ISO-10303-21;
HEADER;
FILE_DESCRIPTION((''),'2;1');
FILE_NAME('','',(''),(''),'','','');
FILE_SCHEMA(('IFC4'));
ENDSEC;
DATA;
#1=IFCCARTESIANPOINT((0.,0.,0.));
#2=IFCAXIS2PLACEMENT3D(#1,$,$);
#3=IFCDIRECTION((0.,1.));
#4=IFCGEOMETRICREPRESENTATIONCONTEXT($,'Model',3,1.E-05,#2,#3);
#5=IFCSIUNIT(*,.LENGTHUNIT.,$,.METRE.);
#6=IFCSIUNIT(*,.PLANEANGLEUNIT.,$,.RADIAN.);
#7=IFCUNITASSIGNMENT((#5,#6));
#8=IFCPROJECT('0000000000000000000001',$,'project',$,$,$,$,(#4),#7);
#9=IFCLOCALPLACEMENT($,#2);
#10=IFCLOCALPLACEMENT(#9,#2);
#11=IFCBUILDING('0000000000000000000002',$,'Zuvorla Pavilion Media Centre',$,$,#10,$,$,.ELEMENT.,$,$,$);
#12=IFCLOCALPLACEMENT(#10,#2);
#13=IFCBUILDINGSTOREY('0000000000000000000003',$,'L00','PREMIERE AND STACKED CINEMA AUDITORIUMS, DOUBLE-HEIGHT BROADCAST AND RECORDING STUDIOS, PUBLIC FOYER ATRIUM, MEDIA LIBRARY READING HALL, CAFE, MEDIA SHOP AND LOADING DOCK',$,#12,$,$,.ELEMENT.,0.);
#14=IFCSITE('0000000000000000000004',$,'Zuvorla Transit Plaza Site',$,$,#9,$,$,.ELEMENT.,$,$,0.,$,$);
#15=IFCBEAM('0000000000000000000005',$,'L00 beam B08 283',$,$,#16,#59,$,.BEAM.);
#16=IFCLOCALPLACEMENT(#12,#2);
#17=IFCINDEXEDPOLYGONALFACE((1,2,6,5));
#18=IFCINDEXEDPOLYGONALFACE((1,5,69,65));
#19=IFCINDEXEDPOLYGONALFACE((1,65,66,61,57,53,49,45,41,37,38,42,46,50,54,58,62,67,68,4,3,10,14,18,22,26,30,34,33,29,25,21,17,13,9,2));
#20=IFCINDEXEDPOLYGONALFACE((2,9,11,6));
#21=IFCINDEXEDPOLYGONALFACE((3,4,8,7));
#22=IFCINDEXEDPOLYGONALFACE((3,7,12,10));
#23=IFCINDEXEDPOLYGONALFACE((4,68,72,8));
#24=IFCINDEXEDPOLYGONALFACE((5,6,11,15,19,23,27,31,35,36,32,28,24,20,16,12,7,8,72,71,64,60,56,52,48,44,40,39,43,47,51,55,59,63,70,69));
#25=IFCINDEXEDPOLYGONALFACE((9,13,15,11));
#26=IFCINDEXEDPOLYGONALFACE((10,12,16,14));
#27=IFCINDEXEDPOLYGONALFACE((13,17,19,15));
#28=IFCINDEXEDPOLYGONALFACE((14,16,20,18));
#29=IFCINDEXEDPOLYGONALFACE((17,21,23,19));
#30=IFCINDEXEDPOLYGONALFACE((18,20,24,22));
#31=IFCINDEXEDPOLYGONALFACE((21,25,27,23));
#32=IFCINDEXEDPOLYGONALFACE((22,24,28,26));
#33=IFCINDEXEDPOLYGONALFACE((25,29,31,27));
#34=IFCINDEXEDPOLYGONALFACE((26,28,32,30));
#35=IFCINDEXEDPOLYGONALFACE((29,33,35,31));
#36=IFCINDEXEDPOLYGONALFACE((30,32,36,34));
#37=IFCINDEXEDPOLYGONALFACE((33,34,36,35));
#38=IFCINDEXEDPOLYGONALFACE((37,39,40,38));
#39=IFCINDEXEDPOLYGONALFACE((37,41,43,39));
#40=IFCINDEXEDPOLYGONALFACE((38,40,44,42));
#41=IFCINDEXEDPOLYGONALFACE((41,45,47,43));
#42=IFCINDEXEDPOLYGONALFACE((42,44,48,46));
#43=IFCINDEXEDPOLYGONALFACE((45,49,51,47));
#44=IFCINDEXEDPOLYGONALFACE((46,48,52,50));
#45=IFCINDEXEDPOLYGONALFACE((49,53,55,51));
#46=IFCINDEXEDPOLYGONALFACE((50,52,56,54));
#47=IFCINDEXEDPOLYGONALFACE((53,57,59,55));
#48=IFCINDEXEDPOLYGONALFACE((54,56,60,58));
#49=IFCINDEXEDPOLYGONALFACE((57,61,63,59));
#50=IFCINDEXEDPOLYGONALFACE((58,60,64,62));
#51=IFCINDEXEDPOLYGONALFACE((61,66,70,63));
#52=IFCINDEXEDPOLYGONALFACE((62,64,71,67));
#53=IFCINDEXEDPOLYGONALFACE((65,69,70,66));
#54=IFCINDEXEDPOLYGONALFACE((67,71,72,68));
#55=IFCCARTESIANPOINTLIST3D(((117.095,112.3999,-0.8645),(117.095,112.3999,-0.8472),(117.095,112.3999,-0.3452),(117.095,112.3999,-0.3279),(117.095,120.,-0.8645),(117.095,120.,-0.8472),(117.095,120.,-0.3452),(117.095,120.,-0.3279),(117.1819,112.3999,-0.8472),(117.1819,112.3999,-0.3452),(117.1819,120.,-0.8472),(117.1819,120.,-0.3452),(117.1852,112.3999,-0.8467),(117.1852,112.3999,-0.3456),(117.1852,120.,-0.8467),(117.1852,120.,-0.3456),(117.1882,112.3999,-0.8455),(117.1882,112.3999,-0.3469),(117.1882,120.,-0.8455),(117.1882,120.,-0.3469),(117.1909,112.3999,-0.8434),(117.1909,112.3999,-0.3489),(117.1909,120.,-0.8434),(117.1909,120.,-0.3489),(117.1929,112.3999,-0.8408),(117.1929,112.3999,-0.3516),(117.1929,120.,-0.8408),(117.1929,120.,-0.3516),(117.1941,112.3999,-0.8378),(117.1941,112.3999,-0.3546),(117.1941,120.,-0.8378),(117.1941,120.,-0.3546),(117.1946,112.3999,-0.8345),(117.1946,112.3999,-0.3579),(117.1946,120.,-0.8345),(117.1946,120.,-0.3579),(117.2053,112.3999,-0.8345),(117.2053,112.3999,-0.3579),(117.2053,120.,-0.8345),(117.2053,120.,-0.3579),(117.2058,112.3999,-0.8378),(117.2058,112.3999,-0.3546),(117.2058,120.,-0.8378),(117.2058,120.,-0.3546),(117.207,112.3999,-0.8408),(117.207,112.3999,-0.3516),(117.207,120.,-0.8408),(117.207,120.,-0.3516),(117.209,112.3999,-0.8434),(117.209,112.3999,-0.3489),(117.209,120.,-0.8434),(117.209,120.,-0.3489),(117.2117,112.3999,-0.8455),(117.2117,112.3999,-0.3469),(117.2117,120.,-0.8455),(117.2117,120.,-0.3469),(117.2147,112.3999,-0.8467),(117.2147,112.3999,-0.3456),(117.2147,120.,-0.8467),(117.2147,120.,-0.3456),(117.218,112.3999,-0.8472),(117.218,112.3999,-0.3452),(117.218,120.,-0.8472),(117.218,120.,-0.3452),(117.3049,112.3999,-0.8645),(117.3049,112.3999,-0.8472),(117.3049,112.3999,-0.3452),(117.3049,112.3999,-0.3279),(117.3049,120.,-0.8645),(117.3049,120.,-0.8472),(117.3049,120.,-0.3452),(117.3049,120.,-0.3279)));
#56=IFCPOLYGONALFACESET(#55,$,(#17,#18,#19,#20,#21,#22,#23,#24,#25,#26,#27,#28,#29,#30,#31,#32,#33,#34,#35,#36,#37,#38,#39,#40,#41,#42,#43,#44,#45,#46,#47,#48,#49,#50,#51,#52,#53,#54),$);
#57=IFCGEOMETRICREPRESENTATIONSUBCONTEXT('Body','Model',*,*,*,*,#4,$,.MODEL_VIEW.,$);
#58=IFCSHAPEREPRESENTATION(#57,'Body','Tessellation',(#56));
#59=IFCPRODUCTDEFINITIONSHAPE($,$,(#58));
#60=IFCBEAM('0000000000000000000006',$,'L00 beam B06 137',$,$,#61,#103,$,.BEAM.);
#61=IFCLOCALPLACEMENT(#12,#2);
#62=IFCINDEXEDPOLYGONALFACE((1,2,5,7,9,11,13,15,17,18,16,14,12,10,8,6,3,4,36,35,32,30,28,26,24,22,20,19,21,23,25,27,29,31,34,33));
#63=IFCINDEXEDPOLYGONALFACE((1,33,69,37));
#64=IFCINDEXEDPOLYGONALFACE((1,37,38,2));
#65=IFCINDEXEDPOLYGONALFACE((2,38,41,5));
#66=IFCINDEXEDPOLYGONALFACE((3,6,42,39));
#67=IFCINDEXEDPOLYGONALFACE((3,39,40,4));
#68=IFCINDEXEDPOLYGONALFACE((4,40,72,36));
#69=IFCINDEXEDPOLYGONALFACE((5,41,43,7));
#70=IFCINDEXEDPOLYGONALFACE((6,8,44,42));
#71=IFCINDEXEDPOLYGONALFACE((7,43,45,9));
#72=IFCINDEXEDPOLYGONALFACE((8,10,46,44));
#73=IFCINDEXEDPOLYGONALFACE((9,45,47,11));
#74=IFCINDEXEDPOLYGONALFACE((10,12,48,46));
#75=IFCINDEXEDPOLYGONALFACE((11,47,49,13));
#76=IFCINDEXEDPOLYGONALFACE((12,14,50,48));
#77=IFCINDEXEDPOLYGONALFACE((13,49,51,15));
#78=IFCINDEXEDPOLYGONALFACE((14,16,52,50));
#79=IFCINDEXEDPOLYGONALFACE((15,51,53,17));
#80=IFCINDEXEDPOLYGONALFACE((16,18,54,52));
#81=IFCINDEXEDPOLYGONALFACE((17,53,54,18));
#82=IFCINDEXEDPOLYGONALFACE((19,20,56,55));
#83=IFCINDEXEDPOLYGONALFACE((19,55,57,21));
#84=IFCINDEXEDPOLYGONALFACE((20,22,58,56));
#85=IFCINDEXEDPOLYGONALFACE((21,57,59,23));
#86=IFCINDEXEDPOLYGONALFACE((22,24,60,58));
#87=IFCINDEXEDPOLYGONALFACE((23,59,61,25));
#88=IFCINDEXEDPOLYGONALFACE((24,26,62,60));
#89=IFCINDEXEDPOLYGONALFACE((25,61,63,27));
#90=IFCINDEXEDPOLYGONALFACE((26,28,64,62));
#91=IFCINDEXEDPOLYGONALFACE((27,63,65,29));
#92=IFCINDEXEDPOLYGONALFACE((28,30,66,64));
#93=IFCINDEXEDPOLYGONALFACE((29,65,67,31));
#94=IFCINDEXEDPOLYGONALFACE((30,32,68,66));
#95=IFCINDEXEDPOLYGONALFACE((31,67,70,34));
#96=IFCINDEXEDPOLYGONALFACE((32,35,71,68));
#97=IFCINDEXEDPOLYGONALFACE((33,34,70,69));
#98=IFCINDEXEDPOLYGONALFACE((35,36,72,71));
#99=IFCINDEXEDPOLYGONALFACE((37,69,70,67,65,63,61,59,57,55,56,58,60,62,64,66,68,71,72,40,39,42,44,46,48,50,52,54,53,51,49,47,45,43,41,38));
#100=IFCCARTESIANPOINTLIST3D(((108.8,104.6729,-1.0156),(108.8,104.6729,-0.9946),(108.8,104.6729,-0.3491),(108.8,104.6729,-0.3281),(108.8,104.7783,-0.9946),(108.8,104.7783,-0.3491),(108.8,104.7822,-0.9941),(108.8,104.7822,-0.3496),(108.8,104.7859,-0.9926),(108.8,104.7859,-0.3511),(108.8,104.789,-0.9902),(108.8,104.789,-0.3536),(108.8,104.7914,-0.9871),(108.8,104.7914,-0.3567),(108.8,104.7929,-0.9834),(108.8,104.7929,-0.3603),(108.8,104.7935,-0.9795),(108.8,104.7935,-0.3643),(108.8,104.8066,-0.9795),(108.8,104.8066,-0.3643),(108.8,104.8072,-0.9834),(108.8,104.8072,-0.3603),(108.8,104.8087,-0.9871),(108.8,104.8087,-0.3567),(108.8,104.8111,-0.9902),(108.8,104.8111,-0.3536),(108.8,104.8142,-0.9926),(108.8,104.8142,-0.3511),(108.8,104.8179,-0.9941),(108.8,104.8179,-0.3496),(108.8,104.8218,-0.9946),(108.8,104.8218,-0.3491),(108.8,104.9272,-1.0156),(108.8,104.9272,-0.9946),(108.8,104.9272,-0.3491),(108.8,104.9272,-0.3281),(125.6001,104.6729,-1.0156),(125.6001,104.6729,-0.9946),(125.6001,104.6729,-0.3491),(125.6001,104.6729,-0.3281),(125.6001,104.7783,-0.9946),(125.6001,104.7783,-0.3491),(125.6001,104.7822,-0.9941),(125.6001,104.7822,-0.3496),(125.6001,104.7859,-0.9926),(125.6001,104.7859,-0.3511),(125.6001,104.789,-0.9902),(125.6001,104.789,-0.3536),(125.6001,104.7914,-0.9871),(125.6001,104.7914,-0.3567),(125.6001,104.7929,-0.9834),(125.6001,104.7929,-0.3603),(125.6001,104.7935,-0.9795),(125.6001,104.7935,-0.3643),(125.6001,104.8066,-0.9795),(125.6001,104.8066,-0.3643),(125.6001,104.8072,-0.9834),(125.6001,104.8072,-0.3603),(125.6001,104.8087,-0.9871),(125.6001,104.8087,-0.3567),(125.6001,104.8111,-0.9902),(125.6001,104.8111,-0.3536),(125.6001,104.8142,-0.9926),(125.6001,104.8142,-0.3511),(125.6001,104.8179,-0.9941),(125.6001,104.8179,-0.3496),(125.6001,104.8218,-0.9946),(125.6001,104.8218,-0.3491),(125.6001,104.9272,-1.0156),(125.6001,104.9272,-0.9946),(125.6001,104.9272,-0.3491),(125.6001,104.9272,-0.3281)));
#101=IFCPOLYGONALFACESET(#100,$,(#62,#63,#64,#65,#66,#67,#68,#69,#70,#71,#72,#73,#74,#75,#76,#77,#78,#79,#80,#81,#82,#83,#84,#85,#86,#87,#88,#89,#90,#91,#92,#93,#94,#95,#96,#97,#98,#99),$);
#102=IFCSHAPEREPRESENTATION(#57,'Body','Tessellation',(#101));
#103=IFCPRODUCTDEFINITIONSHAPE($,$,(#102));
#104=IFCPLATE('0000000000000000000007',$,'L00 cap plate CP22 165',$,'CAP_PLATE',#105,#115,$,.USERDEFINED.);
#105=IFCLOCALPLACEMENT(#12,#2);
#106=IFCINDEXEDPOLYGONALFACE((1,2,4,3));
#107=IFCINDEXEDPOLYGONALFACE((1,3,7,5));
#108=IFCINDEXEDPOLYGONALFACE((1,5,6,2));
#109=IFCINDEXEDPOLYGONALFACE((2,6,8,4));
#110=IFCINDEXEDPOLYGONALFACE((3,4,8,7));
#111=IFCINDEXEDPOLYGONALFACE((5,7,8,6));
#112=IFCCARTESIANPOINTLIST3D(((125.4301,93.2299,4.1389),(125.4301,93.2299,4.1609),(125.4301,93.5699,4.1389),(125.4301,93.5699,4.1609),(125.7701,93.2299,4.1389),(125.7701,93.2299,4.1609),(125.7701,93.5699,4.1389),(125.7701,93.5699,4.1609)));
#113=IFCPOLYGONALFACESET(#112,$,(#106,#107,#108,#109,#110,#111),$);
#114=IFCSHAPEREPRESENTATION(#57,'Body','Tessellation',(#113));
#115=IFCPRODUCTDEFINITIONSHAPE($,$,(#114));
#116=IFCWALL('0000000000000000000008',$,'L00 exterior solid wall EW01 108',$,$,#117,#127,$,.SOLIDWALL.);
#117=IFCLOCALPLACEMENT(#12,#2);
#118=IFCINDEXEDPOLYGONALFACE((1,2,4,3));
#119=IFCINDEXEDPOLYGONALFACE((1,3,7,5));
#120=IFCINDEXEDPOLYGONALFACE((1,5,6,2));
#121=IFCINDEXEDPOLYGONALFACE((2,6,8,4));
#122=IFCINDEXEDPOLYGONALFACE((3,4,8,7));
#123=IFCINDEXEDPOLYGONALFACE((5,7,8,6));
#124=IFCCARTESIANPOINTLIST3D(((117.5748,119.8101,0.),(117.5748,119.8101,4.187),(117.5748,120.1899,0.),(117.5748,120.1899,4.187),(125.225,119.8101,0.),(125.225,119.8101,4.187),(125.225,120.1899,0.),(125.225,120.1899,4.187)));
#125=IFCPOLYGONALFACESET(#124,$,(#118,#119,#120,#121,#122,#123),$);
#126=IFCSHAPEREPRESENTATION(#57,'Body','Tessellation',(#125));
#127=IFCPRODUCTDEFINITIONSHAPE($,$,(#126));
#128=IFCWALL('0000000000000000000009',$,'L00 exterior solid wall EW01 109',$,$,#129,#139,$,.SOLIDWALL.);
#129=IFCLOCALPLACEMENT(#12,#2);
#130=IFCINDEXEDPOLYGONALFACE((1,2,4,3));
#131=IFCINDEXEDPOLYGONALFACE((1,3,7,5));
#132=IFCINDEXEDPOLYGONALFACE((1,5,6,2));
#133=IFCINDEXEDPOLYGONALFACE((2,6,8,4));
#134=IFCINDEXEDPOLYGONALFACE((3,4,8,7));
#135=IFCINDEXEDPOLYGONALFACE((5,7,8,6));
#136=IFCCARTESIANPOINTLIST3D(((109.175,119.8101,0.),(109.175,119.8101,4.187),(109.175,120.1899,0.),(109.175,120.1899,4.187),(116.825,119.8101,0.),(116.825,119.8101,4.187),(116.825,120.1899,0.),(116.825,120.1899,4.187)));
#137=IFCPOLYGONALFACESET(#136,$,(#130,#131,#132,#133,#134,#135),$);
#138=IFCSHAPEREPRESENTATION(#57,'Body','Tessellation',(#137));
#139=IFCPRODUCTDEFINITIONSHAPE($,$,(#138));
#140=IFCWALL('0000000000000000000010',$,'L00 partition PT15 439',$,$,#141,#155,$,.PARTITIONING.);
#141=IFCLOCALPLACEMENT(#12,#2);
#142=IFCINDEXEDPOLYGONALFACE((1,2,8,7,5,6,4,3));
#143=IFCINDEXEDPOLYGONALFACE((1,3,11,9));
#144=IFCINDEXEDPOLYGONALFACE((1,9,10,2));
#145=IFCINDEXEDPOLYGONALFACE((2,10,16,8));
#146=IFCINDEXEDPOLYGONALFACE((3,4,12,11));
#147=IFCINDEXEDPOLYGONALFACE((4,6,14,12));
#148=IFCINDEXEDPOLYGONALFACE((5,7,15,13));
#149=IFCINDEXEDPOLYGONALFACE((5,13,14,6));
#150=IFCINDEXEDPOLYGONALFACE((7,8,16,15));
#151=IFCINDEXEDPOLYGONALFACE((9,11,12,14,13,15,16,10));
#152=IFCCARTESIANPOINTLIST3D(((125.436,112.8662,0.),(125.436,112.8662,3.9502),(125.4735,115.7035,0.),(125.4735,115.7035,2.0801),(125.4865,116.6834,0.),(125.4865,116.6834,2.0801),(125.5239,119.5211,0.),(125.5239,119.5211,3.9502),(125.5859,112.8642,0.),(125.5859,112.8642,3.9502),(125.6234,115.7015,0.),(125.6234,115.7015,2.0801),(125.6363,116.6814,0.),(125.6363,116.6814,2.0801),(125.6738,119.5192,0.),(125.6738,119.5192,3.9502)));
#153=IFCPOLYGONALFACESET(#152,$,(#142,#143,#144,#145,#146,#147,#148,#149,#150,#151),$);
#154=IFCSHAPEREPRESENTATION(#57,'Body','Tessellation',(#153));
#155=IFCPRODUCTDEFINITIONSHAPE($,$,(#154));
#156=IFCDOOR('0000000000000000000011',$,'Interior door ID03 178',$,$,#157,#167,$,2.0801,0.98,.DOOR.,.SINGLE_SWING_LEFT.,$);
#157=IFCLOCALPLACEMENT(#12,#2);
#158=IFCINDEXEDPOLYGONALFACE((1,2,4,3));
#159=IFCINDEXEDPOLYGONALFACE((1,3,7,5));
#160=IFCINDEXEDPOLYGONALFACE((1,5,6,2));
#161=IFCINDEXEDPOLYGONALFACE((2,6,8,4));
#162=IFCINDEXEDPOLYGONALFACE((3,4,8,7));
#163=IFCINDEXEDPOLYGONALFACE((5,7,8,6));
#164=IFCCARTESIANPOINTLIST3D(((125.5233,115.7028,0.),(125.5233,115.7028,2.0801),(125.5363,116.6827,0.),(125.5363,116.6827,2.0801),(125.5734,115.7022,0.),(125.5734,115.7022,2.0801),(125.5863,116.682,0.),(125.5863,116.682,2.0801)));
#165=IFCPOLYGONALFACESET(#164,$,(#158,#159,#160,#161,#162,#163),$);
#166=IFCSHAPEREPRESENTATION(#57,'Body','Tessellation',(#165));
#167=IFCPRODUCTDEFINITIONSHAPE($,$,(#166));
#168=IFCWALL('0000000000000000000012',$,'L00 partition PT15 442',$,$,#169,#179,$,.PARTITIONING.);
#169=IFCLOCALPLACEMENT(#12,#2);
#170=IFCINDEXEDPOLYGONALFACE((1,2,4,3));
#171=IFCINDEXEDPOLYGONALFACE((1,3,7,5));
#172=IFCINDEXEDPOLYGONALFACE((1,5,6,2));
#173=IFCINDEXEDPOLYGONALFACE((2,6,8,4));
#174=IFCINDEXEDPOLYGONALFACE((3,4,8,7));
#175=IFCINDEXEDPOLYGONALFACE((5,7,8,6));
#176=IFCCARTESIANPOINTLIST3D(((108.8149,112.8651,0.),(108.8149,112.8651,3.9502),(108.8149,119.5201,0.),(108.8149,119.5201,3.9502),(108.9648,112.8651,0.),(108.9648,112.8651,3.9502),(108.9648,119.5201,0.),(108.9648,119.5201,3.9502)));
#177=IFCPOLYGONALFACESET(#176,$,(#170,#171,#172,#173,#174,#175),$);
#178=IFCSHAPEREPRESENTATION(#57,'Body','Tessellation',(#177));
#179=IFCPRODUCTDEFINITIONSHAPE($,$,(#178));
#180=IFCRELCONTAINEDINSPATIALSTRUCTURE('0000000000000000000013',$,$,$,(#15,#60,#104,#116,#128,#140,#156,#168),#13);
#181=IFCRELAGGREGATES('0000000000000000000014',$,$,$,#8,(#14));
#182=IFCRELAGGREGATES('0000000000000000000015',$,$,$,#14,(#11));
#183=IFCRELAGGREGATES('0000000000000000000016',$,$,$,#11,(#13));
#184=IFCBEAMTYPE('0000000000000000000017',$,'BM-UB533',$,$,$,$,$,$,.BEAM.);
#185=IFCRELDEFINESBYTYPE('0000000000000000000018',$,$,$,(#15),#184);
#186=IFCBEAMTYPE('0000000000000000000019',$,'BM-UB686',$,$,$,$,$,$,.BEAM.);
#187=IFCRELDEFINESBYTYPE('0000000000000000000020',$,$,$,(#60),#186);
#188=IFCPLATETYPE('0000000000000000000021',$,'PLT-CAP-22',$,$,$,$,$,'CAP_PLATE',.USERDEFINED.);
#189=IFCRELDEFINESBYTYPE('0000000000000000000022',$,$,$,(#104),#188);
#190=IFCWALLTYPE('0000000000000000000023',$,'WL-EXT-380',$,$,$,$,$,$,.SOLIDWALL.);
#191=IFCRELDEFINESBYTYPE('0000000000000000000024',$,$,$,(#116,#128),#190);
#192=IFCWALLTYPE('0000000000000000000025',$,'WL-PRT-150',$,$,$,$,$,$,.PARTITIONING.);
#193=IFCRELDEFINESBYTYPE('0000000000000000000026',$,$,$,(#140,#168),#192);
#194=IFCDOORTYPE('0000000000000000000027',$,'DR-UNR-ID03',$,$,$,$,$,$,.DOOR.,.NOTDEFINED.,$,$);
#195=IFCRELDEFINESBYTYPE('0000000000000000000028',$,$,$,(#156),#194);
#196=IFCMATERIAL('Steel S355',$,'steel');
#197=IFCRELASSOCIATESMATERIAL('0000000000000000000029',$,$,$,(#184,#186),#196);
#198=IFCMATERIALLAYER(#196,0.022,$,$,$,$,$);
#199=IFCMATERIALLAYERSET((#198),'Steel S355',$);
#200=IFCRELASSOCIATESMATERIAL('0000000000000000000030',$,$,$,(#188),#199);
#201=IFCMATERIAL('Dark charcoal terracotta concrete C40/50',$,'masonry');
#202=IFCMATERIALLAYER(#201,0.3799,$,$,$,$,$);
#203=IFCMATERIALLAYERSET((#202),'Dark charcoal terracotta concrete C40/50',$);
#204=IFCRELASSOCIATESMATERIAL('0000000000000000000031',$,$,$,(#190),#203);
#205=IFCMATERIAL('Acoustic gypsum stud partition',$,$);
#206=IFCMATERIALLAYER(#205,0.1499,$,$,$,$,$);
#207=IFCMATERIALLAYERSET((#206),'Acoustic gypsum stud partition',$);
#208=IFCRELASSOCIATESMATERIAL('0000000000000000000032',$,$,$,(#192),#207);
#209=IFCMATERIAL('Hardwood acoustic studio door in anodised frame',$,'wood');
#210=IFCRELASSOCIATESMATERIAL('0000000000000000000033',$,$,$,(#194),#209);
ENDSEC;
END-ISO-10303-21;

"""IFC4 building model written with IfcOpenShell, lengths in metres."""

from ifc_helpers import new_model, si_unit, direction, frame, frame_2d, origin, origin_2d, place, context, subcontext, project, spatial, rectangle, i_section, extrude, material, layer, layer_set, material_profile, profile_set, type_object, element, fill, save


model = new_model("IFC4")

# Units and contexts
model_context = context("Model", 3, precision=1e-05, world=origin(), true_north=direction((0.0, 1.0)))
body_context = subcontext(model_context, "Body", "Model", "MODEL_VIEW")
ifc_project = project(units=[si_unit("LENGTHUNIT", "METRE"), si_unit("PLANEANGLEUNIT", "RADIAN")], contexts=[model_context])

# Site, building, storey
site_placement = place(None, origin())
site = spatial("IfcSite", under=ifc_project, at=site_placement, Name="Zuvorla Transit Plaza Site", CompositionType="ELEMENT", RefElevation=0.0)
building_placement = place(site_placement, origin())
building = spatial("IfcBuilding", under=site, at=building_placement, Name="Zuvorla Pavilion Media Centre", CompositionType="ELEMENT")
storey_placement = place(building_placement, origin())
storey = spatial("IfcBuildingStorey", under=building, at=storey_placement, Name="L00", Description="PREMIERE AND STACKED CINEMA AUDITORIUMS, DOUBLE-HEIGHT BROADCAST AND RECORDING STUDIOS, PUBLIC FOYER ATRIUM, MEDIA LIBRARY READING HALL, CAFE, MEDIA SHOP AND LOADING DOCK", CompositionType="ELEMENT", Elevation=0.0)

# Beams
ifc_material_1 = material(Name="Steel S355", Category="steel")
ifc_material_profile_1 = material_profile(ifc_material_1, i_section(OverallWidth=0.21, OverallDepth=0.5366, WebThickness=0.0107, FlangeThickness=0.0173, FilletRadius=0.0127, at=origin_2d()), Name="UB 533x210x101")
ifc_profile_set_1 = profile_set([ifc_material_profile_1], Name="Steel S355")
beam_type_1 = type_object("IfcBeamType", Name="BM-UB533", PredefinedType="BEAM", material=ifc_profile_set_1)
for number, where, z_axis, x_axis, name in (
    (1, (117.2, 112.3999, -0.5962), (0.0, 1.0, 0.0), (-1.0, 0.0, 0.0), "L00 beam B08 283"),
):
    element("IfcBeam", number, at=place(storey_placement, frame(where, z_axis=z_axis, x_axis=x_axis)), inside=storey, type_object=beam_type_1, Name=name, PredefinedType="BEAM", context=body_context, shape_type="SweptSolid", body=[
        extrude(i_section(OverallWidth=0.21, OverallDepth=0.5366, WebThickness=0.0107, FlangeThickness=0.0173, FilletRadius=0.0127, at=origin_2d()), origin(), (0.0, 0.0, 1.0), 7.6001),
    ])
ifc_material_profile_2 = material_profile(ifc_material_1, i_section(OverallWidth=0.2544, OverallDepth=0.6875, WebThickness=0.0132, FlangeThickness=0.021, FilletRadius=0.0151, at=origin_2d()), Name="UB 686x254x152")
ifc_profile_set_2 = profile_set([ifc_material_profile_2], Name="Steel S355")
beam_type_2 = type_object("IfcBeamType", Name="BM-UB686", PredefinedType="BEAM", material=ifc_profile_set_2)
beam_1_placement = place(storey_placement, frame((108.8, 104.8, -0.6719), z_axis=(1.0, 0.0, 0.0), x_axis=(0.0, 1.0, 0.0)))
element("IfcBeam", 2, at=beam_1_placement, inside=storey, type_object=beam_type_2, Name="L00 beam B06 137", PredefinedType="BEAM", context=body_context, shape_type="SweptSolid", body=[
    extrude(i_section(OverallWidth=0.2544, OverallDepth=0.6875, WebThickness=0.0132, FlangeThickness=0.021, FilletRadius=0.0151, at=origin_2d()), origin(), (0.0, 0.0, 1.0), 16.8),
])

# Plate
ifc_layer_1 = layer(ifc_material_1, 0.022)
ifc_layer_set_1 = layer_set([ifc_layer_1], Name="Steel S355")
plate_type = type_object("IfcPlateType", Name="PLT-CAP-22", ElementType="CAP_PLATE", PredefinedType="USERDEFINED", material=ifc_layer_set_1)
plate_placement = place(storey_placement, frame((125.6001, 93.3999, 4.1389), z_axis=(0.0, 0.0, 1.0), x_axis=(1.0, 0.0, 0.0)))
element("IfcPlate", 3, at=plate_placement, inside=storey, type_object=plate_type, Name="L00 cap plate CP22 165", ObjectType="CAP_PLATE", PredefinedType="USERDEFINED", context=body_context, shape_type="SweptSolid", body=[
    extrude(rectangle(XDim=0.3401, YDim=0.3401, at=origin_2d()), origin(), (0.0, 0.0, 1.0), 0.022),
])

# Walls
ifc_material_2 = material(Name="Dark charcoal terracotta concrete C40/50", Category="masonry")
ifc_layer_2 = layer(ifc_material_2, 0.3799)
ifc_layer_set_2 = layer_set([ifc_layer_2], Name="Dark charcoal terracotta concrete C40/50")
wall_type_1 = type_object("IfcWallType", Name="WL-EXT-380", PredefinedType="SOLIDWALL", material=ifc_layer_set_2)
wall_1_placement = place(storey_placement, frame((125.2251, 120.0, 0.0), z_axis=(0.0, 0.0, 1.0), x_axis=(-1.0, 0.0, 0.0)))
element("IfcWall", 4, at=wall_1_placement, inside=storey, type_object=wall_type_1, Name="L00 exterior solid wall EW01 108", PredefinedType="SOLIDWALL", context=body_context, shape_type="SweptSolid", body=[
    extrude(rectangle(XDim=7.6501, YDim=0.3799, at=frame_2d((3.8252, 0.0))), origin(), (0.0, 0.0, 1.0), 4.187),
])
wall_2_placement = place(storey_placement, frame((116.825, 120.0, 0.0), z_axis=(0.0, 0.0, 1.0), x_axis=(-1.0, 0.0, 0.0)))
element("IfcWall", 5, at=wall_2_placement, inside=storey, type_object=wall_type_1, Name="L00 exterior solid wall EW01 109", PredefinedType="SOLIDWALL", context=body_context, shape_type="SweptSolid", body=[
    extrude(rectangle(XDim=7.6499, YDim=0.3799, at=frame_2d((3.825, 0.0))), origin(), (0.0, 0.0, 1.0), 4.187),
])

# Wall, opening, door
ifc_material_3 = material(Name="Acoustic gypsum stud partition")
ifc_layer_3 = layer(ifc_material_3, 0.1499)
ifc_layer_set_3 = layer_set([ifc_layer_3], Name="Acoustic gypsum stud partition")
wall_type_2 = type_object("IfcWallType", Name="WL-PRT-150", PredefinedType="PARTITIONING", material=ifc_layer_set_3)
wall_3_placement = place(storey_placement, frame((125.5989, 119.52, 0.0), z_axis=(0.0, 0.0, 1.0), x_axis=(-0.013205, -0.999913, 0.0)))
wall_3 = element("IfcWall", 6, at=wall_3_placement, inside=storey, type_object=wall_type_2, Name="L00 partition PT15 439", PredefinedType="PARTITIONING", context=body_context, shape_type="SweptSolid", body=[
    extrude(rectangle(XDim=6.6555, YDim=0.1499, at=frame_2d((3.3276, 0.0))), origin(), (0.0, 0.0, 1.0), 3.9502),
])
opening_placement = place(wall_3_placement, frame((2.8379, 0.0, 0.0)))
opening = element("IfcOpeningElement", 7, at=opening_placement, cuts=wall_3, PredefinedType="OPENING", context=body_context, shape_type="SweptSolid", body=[
    extrude(rectangle(XDim=0.98, YDim=2.0801, at=frame_2d((0.49, 1.04))), frame((0.0, 0.085, 0.0), z_axis=(0.0, -1.0, 0.0), x_axis=(1.0, 0.0, 0.0)), (0.0, 0.0, 1.0), 0.1699),
])
ifc_material_4 = material(Name="Hardwood acoustic studio door in anodised frame", Category="wood")
door_type = type_object("IfcDoorType", Name="DR-UNR-ID03", OperationType="NOTDEFINED", PredefinedType="DOOR", material=ifc_material_4)
door_placement = place(opening_placement, origin())
door = element("IfcDoor", 8, at=door_placement, inside=storey, type_object=door_type, Name="Interior door ID03 178", OperationType="SINGLE_SWING_LEFT", OverallHeight=2.0801, OverallWidth=0.98, PredefinedType="DOOR", context=body_context, shape_type="SweptSolid", body=[
    extrude(rectangle(XDim=0.98, YDim=2.0801, at=frame_2d((0.49, 1.04))), frame((0.0, 0.0249, 0.0), z_axis=(0.0, -1.0, 0.0), x_axis=(1.0, 0.0, 0.0)), (0.0, 0.0, 1.0), 0.05),
])
fill(opening, door)

# Wall
wall_4_placement = place(storey_placement, frame((108.8899, 112.865, 0.0), z_axis=(0.0, 0.0, 1.0), x_axis=(0.0, 1.0, 0.0)))
element("IfcWall", 9, at=wall_4_placement, inside=storey, type_object=wall_type_2, Name="L00 partition PT15 442", PredefinedType="PARTITIONING", context=body_context, shape_type="SweptSolid", body=[
    extrude(rectangle(XDim=6.655, YDim=0.1499, at=frame_2d((3.3276, 0.0))), origin(), (0.0, 0.0, 1.0), 3.9502),
])

save(model, "model.ifc")
